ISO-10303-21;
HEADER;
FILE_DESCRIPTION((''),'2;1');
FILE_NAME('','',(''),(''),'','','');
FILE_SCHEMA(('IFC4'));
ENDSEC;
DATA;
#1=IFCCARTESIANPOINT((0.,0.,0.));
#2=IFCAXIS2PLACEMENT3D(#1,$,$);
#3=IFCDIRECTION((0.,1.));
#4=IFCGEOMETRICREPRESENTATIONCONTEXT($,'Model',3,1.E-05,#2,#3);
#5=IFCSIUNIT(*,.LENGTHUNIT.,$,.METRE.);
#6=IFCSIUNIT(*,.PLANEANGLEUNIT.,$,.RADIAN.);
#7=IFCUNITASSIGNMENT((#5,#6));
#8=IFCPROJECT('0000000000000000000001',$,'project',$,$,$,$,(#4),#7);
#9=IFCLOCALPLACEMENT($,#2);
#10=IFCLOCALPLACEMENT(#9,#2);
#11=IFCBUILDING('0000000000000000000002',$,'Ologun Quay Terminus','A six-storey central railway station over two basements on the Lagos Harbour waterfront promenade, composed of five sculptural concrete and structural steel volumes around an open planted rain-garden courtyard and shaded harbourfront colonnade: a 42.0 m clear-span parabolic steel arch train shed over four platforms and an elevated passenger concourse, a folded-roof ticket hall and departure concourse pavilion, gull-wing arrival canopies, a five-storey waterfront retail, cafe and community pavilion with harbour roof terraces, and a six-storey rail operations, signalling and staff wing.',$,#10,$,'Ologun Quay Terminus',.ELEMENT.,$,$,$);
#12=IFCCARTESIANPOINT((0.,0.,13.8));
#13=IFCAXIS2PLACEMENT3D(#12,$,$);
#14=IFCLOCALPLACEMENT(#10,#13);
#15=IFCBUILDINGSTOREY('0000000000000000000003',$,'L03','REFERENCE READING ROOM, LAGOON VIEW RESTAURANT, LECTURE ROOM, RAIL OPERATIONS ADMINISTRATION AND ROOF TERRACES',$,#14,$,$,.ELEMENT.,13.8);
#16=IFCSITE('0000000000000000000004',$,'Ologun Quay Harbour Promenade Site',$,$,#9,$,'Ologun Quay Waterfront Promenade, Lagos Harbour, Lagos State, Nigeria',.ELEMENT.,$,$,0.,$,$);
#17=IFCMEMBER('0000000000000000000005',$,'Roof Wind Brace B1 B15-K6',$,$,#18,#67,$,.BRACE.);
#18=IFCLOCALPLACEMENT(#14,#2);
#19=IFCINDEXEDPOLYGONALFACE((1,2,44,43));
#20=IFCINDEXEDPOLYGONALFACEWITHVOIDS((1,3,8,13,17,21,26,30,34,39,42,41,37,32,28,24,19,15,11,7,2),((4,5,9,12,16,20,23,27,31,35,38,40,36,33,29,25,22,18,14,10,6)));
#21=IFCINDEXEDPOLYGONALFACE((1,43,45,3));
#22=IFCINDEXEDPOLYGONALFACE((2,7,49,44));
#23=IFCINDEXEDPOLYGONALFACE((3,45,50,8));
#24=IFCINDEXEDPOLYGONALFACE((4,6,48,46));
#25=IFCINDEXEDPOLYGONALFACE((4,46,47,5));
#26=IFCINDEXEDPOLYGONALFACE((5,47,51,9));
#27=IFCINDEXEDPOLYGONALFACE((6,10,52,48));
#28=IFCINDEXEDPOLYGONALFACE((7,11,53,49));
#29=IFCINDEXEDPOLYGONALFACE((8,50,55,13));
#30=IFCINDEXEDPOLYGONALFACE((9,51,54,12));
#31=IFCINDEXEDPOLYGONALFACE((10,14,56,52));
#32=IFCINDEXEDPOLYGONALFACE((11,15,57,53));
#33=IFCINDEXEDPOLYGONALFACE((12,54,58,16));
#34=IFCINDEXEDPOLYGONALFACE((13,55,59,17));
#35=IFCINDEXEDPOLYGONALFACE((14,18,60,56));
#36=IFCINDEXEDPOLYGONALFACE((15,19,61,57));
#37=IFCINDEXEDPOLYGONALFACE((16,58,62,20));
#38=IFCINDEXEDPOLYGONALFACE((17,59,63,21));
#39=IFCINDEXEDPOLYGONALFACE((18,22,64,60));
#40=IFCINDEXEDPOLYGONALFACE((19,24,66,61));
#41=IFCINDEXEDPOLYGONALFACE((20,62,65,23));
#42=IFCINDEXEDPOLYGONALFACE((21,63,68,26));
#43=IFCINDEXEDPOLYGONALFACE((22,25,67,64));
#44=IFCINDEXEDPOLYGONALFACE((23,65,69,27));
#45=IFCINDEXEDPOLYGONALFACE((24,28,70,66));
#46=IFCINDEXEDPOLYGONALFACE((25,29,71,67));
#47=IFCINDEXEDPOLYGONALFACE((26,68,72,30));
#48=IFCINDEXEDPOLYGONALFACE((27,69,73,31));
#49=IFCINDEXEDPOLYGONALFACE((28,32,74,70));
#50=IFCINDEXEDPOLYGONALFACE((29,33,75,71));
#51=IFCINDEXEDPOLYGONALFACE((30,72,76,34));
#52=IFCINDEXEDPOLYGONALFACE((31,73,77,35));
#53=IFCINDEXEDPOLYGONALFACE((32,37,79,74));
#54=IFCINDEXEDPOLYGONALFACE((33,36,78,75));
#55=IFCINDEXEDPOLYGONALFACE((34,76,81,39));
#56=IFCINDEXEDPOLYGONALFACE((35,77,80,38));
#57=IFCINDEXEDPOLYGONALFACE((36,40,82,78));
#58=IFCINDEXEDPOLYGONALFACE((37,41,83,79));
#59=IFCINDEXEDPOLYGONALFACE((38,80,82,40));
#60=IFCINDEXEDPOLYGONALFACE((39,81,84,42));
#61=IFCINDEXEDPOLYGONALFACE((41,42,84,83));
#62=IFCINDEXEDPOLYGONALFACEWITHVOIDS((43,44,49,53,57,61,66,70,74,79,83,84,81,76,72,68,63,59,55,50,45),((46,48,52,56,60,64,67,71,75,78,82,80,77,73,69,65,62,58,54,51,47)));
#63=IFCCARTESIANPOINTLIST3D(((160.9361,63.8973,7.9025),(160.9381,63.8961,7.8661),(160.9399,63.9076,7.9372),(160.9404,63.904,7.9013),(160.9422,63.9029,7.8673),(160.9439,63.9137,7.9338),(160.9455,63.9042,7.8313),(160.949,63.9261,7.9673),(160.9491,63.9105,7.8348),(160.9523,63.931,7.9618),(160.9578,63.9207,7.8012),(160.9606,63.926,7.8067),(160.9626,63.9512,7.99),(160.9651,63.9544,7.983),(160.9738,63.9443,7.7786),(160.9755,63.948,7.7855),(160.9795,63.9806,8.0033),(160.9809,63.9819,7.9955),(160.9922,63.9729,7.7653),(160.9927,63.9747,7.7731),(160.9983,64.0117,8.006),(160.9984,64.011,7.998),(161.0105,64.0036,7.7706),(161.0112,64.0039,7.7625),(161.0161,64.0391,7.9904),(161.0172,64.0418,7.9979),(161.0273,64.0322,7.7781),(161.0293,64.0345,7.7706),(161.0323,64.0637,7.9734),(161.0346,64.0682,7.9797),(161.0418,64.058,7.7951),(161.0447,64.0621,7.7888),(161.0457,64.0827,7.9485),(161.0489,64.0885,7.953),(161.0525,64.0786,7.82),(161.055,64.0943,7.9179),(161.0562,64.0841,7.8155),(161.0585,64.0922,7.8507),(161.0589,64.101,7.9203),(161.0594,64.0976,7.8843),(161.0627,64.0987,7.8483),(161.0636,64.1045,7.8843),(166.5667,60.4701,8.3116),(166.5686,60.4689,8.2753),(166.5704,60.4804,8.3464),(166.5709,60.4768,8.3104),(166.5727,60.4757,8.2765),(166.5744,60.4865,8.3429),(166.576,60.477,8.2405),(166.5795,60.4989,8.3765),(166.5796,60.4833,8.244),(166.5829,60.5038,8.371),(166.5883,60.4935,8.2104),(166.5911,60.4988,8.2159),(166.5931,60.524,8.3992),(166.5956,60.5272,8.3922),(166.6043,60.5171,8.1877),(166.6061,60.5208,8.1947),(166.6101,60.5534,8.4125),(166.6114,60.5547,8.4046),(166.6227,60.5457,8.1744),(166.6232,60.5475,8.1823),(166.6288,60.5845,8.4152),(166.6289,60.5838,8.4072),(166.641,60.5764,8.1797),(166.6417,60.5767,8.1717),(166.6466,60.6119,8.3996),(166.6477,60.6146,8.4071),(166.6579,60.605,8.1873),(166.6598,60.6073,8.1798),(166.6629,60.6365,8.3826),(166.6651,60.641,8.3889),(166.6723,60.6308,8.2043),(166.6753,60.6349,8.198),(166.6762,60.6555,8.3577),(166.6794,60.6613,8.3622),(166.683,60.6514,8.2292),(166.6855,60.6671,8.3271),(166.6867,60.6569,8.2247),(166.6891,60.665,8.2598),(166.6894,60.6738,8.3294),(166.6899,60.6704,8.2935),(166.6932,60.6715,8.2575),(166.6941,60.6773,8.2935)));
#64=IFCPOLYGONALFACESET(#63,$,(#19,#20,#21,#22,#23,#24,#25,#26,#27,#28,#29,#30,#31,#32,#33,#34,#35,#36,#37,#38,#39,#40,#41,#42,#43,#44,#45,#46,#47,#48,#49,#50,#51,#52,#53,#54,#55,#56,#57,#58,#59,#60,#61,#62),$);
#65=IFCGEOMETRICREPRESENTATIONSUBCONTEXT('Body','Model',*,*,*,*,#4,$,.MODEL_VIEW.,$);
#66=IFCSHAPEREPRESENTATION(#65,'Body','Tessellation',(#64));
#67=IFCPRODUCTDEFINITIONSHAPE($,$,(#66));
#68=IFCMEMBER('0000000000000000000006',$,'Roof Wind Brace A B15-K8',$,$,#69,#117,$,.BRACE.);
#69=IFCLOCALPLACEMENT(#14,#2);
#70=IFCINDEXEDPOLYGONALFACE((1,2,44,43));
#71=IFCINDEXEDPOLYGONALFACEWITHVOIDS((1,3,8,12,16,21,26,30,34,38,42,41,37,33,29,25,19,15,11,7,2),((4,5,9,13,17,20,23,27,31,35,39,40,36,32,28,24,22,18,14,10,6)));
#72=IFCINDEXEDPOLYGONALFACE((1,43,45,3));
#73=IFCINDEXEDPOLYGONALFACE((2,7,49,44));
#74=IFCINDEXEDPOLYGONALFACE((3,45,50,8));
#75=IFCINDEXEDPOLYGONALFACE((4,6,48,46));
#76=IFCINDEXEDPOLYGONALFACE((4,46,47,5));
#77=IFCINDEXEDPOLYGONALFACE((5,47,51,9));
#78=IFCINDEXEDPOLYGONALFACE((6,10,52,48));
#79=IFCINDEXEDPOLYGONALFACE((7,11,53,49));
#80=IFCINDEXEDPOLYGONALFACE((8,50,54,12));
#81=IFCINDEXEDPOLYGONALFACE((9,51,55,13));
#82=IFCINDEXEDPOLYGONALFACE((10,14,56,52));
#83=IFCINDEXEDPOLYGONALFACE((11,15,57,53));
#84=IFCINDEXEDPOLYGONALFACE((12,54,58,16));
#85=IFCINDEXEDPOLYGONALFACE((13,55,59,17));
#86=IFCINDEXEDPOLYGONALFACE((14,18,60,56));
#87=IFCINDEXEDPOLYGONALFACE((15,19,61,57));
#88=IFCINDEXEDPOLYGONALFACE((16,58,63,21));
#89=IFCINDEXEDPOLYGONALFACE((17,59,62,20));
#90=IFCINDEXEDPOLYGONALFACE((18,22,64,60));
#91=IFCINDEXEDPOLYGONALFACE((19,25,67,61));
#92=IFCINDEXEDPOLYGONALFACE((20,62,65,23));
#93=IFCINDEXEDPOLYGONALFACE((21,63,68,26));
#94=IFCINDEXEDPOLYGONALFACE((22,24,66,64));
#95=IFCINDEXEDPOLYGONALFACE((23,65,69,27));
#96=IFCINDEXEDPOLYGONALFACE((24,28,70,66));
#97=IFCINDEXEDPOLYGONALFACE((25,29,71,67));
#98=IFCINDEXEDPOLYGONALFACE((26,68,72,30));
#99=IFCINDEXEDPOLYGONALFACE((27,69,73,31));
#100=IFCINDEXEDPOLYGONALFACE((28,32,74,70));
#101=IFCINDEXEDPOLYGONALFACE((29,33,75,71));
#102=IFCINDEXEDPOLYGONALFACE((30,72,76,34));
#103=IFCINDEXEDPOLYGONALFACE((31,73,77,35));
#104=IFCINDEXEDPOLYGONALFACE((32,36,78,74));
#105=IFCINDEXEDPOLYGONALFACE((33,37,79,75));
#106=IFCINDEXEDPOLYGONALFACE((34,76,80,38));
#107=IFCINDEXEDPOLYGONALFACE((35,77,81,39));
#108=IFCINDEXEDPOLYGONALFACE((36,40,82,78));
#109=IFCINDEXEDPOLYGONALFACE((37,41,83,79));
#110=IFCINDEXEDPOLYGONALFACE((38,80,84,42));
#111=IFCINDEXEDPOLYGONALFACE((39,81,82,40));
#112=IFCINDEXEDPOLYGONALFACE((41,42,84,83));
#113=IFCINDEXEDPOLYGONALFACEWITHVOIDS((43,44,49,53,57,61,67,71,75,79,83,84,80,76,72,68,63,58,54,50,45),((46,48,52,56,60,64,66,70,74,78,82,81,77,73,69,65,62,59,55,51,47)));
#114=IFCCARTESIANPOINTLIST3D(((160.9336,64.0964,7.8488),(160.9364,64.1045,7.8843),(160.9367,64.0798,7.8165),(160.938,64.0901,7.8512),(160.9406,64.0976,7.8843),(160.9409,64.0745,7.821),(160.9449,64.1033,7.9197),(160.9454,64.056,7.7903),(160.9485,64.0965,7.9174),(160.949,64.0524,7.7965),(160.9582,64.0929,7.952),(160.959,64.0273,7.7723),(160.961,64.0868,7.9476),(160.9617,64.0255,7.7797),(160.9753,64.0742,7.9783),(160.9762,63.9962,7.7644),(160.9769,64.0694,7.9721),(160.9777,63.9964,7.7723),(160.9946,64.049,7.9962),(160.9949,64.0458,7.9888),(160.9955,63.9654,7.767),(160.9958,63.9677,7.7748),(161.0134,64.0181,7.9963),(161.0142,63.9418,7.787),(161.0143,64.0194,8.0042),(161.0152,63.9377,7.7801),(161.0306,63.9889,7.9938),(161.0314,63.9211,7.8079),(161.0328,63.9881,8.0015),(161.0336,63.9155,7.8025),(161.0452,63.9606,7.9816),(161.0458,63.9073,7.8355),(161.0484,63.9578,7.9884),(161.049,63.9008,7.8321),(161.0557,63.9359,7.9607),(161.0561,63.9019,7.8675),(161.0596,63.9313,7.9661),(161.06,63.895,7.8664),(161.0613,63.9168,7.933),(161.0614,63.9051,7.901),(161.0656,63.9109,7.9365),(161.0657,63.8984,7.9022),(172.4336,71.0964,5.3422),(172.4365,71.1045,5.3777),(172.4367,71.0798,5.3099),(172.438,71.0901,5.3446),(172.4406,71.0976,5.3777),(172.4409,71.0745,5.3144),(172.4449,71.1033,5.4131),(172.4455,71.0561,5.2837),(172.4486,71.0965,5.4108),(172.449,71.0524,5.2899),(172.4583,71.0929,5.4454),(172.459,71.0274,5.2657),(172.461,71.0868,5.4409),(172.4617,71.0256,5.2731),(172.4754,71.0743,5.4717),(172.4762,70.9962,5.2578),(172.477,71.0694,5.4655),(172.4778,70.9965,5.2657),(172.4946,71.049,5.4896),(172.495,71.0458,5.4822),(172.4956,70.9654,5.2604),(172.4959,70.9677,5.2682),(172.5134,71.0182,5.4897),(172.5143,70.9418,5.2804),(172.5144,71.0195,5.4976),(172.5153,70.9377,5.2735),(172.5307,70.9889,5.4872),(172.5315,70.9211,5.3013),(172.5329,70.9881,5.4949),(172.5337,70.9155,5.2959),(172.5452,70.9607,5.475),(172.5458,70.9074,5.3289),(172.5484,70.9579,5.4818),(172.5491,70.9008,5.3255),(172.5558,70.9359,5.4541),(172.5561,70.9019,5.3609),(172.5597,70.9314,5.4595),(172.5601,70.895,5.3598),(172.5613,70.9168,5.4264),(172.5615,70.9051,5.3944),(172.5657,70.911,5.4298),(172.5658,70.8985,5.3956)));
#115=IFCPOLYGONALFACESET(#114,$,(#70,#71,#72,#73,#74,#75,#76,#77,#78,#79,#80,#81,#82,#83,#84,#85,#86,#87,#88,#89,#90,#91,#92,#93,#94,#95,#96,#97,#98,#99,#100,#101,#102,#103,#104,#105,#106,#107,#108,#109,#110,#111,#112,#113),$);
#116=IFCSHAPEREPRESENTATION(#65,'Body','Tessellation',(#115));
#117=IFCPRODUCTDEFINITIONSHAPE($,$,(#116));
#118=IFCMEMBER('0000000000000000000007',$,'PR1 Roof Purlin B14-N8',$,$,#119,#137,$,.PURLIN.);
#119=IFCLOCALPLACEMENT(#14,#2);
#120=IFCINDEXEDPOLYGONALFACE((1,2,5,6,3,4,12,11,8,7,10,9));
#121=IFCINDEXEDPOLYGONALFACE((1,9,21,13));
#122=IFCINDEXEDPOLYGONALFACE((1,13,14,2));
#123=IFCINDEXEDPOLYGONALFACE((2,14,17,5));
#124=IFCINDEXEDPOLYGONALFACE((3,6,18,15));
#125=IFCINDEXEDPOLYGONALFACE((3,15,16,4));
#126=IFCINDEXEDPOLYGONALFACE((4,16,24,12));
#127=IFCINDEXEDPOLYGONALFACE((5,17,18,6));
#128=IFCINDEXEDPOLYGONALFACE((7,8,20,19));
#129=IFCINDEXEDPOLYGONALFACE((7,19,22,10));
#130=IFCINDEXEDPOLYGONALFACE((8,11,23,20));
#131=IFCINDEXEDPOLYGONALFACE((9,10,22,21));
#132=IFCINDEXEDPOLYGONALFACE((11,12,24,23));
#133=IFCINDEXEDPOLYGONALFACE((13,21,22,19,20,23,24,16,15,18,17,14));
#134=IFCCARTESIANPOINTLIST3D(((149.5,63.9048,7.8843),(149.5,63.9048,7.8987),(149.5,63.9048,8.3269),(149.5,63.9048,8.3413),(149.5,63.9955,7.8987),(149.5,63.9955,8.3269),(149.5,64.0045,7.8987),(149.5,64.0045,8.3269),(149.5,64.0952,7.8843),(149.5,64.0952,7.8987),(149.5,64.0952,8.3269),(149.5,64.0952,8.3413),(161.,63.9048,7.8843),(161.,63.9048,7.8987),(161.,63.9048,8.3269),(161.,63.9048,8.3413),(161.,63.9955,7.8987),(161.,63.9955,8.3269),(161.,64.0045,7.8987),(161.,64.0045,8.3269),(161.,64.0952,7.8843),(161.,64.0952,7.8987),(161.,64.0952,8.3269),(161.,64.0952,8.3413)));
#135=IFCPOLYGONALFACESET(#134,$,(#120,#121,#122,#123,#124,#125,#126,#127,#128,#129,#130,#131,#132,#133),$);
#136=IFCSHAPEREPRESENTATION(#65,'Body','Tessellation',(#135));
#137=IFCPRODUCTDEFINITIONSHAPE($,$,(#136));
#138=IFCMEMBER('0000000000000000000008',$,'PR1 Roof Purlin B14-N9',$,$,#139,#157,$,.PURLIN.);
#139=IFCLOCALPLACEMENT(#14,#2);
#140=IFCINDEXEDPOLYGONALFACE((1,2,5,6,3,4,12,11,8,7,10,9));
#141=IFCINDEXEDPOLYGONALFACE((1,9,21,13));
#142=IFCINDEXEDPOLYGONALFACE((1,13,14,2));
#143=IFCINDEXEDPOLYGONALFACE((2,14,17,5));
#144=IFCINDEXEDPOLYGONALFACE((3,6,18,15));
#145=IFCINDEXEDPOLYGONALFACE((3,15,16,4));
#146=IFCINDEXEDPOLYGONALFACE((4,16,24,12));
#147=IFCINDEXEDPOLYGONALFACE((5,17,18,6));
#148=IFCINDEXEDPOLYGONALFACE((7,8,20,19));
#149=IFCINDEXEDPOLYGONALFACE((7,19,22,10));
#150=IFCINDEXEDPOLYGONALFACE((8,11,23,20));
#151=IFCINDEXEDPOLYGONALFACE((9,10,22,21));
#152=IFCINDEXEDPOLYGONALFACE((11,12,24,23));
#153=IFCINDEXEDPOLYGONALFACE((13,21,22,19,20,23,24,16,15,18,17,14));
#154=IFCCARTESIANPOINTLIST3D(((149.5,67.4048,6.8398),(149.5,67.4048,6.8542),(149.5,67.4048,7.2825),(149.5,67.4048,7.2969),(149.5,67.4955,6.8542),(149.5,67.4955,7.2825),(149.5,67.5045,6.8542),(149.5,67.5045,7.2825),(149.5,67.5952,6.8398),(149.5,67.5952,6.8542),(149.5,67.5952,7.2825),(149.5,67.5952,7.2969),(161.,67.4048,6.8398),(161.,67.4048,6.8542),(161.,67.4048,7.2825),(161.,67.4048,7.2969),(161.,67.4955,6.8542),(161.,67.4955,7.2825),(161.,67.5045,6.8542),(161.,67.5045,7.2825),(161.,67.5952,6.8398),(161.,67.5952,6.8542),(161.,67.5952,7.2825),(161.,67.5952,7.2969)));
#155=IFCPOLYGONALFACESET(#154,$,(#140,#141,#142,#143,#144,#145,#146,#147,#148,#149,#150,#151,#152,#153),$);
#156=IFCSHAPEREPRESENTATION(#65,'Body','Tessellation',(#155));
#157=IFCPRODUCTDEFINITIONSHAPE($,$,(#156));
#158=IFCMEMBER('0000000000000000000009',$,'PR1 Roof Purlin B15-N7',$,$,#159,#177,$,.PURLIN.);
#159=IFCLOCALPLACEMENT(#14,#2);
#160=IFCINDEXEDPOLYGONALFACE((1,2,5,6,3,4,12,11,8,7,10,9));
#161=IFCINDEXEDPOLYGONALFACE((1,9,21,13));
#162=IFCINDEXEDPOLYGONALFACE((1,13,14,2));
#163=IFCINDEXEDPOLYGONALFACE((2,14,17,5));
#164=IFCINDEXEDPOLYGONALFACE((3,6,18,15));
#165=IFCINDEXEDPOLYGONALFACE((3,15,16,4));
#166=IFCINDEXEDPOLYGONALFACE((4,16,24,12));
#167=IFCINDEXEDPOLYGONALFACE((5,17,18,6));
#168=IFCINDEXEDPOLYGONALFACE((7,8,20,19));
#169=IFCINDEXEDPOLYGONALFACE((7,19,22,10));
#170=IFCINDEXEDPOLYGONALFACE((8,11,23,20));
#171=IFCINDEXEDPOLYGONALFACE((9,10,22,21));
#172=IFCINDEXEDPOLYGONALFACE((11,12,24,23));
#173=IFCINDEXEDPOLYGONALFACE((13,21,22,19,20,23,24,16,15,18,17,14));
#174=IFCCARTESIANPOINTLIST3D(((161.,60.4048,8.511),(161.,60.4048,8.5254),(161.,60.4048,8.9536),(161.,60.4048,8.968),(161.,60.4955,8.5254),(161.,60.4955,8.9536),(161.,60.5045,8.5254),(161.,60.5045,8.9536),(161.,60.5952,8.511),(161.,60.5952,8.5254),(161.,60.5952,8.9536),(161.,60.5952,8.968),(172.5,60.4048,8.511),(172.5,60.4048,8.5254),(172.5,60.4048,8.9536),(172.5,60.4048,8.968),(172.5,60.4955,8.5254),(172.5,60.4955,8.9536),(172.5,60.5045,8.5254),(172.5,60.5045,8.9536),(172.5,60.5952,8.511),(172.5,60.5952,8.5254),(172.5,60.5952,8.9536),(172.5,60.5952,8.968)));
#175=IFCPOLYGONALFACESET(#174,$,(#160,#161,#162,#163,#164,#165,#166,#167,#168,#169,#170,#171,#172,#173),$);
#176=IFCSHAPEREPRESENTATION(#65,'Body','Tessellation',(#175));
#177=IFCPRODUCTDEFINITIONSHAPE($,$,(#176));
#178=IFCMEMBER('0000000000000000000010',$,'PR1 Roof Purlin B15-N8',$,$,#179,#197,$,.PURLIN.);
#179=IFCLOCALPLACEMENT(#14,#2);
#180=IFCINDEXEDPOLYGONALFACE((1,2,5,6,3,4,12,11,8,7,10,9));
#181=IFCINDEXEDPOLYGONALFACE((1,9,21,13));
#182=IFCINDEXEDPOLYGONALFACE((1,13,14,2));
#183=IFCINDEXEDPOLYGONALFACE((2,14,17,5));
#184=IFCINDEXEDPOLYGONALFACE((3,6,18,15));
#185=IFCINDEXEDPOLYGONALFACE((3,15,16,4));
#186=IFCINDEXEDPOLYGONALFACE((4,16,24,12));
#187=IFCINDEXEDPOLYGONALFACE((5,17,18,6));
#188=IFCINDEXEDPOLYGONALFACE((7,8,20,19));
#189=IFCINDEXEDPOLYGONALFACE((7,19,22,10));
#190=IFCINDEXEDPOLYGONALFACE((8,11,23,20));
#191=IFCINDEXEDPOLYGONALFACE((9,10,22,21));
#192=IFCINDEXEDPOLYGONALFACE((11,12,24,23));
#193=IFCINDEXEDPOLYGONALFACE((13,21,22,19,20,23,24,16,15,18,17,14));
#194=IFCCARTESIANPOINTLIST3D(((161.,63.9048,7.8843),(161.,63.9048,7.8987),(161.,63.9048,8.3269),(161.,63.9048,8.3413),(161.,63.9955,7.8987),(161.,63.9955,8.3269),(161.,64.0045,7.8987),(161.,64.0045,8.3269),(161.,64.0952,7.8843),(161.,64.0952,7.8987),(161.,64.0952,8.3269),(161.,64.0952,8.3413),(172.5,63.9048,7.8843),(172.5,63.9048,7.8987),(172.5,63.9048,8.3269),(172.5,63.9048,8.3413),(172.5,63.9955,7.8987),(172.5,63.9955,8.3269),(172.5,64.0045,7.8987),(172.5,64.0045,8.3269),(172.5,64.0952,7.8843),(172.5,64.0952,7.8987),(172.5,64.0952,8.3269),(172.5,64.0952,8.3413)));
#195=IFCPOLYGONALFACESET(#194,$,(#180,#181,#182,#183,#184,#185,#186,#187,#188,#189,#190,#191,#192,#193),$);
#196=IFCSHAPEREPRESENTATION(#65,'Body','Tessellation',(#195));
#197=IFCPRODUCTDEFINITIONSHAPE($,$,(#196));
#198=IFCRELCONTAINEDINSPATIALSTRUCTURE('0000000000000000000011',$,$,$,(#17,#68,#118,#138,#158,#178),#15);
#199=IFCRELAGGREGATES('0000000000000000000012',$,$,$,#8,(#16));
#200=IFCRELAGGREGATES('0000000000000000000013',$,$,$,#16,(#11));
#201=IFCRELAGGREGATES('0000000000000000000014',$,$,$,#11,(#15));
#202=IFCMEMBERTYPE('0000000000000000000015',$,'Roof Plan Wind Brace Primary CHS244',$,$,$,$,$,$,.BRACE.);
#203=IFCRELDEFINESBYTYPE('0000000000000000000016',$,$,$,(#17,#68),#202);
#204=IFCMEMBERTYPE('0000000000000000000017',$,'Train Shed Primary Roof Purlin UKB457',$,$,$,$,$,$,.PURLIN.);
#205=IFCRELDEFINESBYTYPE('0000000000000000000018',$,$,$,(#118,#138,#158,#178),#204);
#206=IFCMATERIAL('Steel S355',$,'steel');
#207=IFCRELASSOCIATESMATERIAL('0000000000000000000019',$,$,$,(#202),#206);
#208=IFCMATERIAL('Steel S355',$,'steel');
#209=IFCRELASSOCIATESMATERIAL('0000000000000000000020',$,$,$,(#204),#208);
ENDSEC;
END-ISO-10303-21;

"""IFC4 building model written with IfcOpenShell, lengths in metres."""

from ifc_helpers import new_model, si_unit, direction, frame, origin, origin_2d, place, context, subcontext, project, spatial, hollow_circle, i_section, extrude, material, material_profile, profile_set, type_object, element, save


model = new_model("IFC4")

# Units and contexts
model_context = context("Model", 3, precision=1e-05, world=origin(), true_north=direction((0.0, 1.0)))
body_context = subcontext(model_context, "Body", "Model", "MODEL_VIEW")
ifc_project = project(units=[si_unit("LENGTHUNIT", "METRE"), si_unit("PLANEANGLEUNIT", "RADIAN")], contexts=[model_context])

# Site, building, storey
site_placement = place(None, origin())
site = spatial("IfcSite", under=ifc_project, at=site_placement, Name="Ologun Quay Harbour Promenade Site", LongName="Ologun Quay Waterfront Promenade, Lagos Harbour, Lagos State, Nigeria", CompositionType="ELEMENT", RefElevation=0.0)
building_placement = place(site_placement, origin())
building = spatial("IfcBuilding", under=site, at=building_placement, Name="Ologun Quay Terminus", Description="A six-storey central railway station over two basements on the Lagos Harbour waterfront promenade, composed of five sculptural concrete and structural steel volumes around an open planted rain-garden courtyard and shaded harbourfront colonnade: a 42.0 m clear-span parabolic steel arch train shed over four platforms and an elevated passenger concourse, a folded-roof ticket hall and departure concourse pavilion, gull-wing arrival canopies, a five-storey waterfront retail, cafe and community pavilion with harbour roof terraces, and a six-storey rail operations, signalling and staff wing.", LongName="Ologun Quay Terminus", CompositionType="ELEMENT")
storey_placement = place(building_placement, frame((0.0, 0.0, 13.8)))
storey = spatial("IfcBuildingStorey", under=building, at=storey_placement, Name="L03", Description="REFERENCE READING ROOM, LAGOON VIEW RESTAURANT, LECTURE ROOM, RAIL OPERATIONS ADMINISTRATION AND ROOF TERRACES", CompositionType="ELEMENT", Elevation=13.8)

# Members
ifc_material_1 = material(Name="Steel S355", Category="steel")
ifc_material_profile_1 = material_profile(ifc_material_1, hollow_circle(Radius=0.1223, WallThickness=0.0081, at=origin_2d()), Name="CHS 244.5x8")
ifc_profile_set_1 = profile_set([ifc_material_profile_1], Name="Steel S355")
member_type_1 = type_object("IfcMemberType", Name="Roof Plan Wind Brace Primary CHS244", PredefinedType="BRACE", material=ifc_profile_set_1)
member_1_placement = place(storey_placement, frame((161.0, 64.0, 7.8843), z_axis=(0.852563, -0.518939, 0.061956), x_axis=(0.519938, 0.854204, 0.0)))
element("IfcMember", 1, at=member_1_placement, inside=storey, type_object=member_type_1, Name="Roof Wind Brace B1 B15-K6", PredefinedType="BRACE", context=body_context, shape_type="SweptSolid", body=[
    extrude(hollow_circle(Radius=0.1223, WallThickness=0.0081, at=origin_2d()), origin(), (0.0, 0.0, 1.0), 6.6042),
])
member_2_placement = place(storey_placement, frame((161.0, 64.0, 7.8843), z_axis=(0.839767, 0.511163, -0.183039), x_axis=(-0.519947, 0.854199, 0.0)))
element("IfcMember", 2, at=member_2_placement, inside=storey, type_object=member_type_1, Name="Roof Wind Brace A B15-K8", PredefinedType="BRACE", context=body_context, shape_type="SweptSolid", body=[
    extrude(hollow_circle(Radius=0.1223, WallThickness=0.0081, at=origin_2d()), origin(), (0.0, 0.0, 1.0), 13.6943),
])
ifc_material_2 = material(Name="Steel S355", Category="steel")
ifc_material_profile_2 = material_profile(ifc_material_2, i_section(OverallWidth=0.1904, OverallDepth=0.457, WebThickness=0.009, FlangeThickness=0.0144, at=origin_2d()), Name="UKB 457x191x74")
ifc_profile_set_2 = profile_set([ifc_material_profile_2], Name="Steel S355")
member_type_2 = type_object("IfcMemberType", Name="Train Shed Primary Roof Purlin UKB457", PredefinedType="PURLIN", material=ifc_profile_set_2)
for number, where, z_axis, x_axis, name in (
    (3, (149.5, 64.0, 8.1128), (1.0, 0.0, 0.0), (0.0, 1.0, 0.0), "PR1 Roof Purlin B14-N8"),
    (4, (149.5, 67.5, 7.0684), (1.0, 0.0, 0.0), (0.0, 1.0, 0.0), "PR1 Roof Purlin B14-N9"),
    (5, (161.0, 60.5, 8.7395), (1.0, 0.0, 0.0), (0.0, 1.0, 0.0), "PR1 Roof Purlin B15-N7"),
    (6, (161.0, 64.0, 8.1128), (1.0, 0.0, 0.0), (0.0, 1.0, 0.0), "PR1 Roof Purlin B15-N8"),
):
    element("IfcMember", number, at=place(storey_placement, frame(where, z_axis=z_axis, x_axis=x_axis)), inside=storey, type_object=member_type_2, Name=name, PredefinedType="PURLIN", context=body_context, shape_type="SweptSolid", body=[
        extrude(i_section(OverallWidth=0.1904, OverallDepth=0.457, WebThickness=0.009, FlangeThickness=0.0144, at=origin_2d()), origin(), (0.0, 0.0, 1.0), 11.5),
    ])

save(model, "model.ifc")
